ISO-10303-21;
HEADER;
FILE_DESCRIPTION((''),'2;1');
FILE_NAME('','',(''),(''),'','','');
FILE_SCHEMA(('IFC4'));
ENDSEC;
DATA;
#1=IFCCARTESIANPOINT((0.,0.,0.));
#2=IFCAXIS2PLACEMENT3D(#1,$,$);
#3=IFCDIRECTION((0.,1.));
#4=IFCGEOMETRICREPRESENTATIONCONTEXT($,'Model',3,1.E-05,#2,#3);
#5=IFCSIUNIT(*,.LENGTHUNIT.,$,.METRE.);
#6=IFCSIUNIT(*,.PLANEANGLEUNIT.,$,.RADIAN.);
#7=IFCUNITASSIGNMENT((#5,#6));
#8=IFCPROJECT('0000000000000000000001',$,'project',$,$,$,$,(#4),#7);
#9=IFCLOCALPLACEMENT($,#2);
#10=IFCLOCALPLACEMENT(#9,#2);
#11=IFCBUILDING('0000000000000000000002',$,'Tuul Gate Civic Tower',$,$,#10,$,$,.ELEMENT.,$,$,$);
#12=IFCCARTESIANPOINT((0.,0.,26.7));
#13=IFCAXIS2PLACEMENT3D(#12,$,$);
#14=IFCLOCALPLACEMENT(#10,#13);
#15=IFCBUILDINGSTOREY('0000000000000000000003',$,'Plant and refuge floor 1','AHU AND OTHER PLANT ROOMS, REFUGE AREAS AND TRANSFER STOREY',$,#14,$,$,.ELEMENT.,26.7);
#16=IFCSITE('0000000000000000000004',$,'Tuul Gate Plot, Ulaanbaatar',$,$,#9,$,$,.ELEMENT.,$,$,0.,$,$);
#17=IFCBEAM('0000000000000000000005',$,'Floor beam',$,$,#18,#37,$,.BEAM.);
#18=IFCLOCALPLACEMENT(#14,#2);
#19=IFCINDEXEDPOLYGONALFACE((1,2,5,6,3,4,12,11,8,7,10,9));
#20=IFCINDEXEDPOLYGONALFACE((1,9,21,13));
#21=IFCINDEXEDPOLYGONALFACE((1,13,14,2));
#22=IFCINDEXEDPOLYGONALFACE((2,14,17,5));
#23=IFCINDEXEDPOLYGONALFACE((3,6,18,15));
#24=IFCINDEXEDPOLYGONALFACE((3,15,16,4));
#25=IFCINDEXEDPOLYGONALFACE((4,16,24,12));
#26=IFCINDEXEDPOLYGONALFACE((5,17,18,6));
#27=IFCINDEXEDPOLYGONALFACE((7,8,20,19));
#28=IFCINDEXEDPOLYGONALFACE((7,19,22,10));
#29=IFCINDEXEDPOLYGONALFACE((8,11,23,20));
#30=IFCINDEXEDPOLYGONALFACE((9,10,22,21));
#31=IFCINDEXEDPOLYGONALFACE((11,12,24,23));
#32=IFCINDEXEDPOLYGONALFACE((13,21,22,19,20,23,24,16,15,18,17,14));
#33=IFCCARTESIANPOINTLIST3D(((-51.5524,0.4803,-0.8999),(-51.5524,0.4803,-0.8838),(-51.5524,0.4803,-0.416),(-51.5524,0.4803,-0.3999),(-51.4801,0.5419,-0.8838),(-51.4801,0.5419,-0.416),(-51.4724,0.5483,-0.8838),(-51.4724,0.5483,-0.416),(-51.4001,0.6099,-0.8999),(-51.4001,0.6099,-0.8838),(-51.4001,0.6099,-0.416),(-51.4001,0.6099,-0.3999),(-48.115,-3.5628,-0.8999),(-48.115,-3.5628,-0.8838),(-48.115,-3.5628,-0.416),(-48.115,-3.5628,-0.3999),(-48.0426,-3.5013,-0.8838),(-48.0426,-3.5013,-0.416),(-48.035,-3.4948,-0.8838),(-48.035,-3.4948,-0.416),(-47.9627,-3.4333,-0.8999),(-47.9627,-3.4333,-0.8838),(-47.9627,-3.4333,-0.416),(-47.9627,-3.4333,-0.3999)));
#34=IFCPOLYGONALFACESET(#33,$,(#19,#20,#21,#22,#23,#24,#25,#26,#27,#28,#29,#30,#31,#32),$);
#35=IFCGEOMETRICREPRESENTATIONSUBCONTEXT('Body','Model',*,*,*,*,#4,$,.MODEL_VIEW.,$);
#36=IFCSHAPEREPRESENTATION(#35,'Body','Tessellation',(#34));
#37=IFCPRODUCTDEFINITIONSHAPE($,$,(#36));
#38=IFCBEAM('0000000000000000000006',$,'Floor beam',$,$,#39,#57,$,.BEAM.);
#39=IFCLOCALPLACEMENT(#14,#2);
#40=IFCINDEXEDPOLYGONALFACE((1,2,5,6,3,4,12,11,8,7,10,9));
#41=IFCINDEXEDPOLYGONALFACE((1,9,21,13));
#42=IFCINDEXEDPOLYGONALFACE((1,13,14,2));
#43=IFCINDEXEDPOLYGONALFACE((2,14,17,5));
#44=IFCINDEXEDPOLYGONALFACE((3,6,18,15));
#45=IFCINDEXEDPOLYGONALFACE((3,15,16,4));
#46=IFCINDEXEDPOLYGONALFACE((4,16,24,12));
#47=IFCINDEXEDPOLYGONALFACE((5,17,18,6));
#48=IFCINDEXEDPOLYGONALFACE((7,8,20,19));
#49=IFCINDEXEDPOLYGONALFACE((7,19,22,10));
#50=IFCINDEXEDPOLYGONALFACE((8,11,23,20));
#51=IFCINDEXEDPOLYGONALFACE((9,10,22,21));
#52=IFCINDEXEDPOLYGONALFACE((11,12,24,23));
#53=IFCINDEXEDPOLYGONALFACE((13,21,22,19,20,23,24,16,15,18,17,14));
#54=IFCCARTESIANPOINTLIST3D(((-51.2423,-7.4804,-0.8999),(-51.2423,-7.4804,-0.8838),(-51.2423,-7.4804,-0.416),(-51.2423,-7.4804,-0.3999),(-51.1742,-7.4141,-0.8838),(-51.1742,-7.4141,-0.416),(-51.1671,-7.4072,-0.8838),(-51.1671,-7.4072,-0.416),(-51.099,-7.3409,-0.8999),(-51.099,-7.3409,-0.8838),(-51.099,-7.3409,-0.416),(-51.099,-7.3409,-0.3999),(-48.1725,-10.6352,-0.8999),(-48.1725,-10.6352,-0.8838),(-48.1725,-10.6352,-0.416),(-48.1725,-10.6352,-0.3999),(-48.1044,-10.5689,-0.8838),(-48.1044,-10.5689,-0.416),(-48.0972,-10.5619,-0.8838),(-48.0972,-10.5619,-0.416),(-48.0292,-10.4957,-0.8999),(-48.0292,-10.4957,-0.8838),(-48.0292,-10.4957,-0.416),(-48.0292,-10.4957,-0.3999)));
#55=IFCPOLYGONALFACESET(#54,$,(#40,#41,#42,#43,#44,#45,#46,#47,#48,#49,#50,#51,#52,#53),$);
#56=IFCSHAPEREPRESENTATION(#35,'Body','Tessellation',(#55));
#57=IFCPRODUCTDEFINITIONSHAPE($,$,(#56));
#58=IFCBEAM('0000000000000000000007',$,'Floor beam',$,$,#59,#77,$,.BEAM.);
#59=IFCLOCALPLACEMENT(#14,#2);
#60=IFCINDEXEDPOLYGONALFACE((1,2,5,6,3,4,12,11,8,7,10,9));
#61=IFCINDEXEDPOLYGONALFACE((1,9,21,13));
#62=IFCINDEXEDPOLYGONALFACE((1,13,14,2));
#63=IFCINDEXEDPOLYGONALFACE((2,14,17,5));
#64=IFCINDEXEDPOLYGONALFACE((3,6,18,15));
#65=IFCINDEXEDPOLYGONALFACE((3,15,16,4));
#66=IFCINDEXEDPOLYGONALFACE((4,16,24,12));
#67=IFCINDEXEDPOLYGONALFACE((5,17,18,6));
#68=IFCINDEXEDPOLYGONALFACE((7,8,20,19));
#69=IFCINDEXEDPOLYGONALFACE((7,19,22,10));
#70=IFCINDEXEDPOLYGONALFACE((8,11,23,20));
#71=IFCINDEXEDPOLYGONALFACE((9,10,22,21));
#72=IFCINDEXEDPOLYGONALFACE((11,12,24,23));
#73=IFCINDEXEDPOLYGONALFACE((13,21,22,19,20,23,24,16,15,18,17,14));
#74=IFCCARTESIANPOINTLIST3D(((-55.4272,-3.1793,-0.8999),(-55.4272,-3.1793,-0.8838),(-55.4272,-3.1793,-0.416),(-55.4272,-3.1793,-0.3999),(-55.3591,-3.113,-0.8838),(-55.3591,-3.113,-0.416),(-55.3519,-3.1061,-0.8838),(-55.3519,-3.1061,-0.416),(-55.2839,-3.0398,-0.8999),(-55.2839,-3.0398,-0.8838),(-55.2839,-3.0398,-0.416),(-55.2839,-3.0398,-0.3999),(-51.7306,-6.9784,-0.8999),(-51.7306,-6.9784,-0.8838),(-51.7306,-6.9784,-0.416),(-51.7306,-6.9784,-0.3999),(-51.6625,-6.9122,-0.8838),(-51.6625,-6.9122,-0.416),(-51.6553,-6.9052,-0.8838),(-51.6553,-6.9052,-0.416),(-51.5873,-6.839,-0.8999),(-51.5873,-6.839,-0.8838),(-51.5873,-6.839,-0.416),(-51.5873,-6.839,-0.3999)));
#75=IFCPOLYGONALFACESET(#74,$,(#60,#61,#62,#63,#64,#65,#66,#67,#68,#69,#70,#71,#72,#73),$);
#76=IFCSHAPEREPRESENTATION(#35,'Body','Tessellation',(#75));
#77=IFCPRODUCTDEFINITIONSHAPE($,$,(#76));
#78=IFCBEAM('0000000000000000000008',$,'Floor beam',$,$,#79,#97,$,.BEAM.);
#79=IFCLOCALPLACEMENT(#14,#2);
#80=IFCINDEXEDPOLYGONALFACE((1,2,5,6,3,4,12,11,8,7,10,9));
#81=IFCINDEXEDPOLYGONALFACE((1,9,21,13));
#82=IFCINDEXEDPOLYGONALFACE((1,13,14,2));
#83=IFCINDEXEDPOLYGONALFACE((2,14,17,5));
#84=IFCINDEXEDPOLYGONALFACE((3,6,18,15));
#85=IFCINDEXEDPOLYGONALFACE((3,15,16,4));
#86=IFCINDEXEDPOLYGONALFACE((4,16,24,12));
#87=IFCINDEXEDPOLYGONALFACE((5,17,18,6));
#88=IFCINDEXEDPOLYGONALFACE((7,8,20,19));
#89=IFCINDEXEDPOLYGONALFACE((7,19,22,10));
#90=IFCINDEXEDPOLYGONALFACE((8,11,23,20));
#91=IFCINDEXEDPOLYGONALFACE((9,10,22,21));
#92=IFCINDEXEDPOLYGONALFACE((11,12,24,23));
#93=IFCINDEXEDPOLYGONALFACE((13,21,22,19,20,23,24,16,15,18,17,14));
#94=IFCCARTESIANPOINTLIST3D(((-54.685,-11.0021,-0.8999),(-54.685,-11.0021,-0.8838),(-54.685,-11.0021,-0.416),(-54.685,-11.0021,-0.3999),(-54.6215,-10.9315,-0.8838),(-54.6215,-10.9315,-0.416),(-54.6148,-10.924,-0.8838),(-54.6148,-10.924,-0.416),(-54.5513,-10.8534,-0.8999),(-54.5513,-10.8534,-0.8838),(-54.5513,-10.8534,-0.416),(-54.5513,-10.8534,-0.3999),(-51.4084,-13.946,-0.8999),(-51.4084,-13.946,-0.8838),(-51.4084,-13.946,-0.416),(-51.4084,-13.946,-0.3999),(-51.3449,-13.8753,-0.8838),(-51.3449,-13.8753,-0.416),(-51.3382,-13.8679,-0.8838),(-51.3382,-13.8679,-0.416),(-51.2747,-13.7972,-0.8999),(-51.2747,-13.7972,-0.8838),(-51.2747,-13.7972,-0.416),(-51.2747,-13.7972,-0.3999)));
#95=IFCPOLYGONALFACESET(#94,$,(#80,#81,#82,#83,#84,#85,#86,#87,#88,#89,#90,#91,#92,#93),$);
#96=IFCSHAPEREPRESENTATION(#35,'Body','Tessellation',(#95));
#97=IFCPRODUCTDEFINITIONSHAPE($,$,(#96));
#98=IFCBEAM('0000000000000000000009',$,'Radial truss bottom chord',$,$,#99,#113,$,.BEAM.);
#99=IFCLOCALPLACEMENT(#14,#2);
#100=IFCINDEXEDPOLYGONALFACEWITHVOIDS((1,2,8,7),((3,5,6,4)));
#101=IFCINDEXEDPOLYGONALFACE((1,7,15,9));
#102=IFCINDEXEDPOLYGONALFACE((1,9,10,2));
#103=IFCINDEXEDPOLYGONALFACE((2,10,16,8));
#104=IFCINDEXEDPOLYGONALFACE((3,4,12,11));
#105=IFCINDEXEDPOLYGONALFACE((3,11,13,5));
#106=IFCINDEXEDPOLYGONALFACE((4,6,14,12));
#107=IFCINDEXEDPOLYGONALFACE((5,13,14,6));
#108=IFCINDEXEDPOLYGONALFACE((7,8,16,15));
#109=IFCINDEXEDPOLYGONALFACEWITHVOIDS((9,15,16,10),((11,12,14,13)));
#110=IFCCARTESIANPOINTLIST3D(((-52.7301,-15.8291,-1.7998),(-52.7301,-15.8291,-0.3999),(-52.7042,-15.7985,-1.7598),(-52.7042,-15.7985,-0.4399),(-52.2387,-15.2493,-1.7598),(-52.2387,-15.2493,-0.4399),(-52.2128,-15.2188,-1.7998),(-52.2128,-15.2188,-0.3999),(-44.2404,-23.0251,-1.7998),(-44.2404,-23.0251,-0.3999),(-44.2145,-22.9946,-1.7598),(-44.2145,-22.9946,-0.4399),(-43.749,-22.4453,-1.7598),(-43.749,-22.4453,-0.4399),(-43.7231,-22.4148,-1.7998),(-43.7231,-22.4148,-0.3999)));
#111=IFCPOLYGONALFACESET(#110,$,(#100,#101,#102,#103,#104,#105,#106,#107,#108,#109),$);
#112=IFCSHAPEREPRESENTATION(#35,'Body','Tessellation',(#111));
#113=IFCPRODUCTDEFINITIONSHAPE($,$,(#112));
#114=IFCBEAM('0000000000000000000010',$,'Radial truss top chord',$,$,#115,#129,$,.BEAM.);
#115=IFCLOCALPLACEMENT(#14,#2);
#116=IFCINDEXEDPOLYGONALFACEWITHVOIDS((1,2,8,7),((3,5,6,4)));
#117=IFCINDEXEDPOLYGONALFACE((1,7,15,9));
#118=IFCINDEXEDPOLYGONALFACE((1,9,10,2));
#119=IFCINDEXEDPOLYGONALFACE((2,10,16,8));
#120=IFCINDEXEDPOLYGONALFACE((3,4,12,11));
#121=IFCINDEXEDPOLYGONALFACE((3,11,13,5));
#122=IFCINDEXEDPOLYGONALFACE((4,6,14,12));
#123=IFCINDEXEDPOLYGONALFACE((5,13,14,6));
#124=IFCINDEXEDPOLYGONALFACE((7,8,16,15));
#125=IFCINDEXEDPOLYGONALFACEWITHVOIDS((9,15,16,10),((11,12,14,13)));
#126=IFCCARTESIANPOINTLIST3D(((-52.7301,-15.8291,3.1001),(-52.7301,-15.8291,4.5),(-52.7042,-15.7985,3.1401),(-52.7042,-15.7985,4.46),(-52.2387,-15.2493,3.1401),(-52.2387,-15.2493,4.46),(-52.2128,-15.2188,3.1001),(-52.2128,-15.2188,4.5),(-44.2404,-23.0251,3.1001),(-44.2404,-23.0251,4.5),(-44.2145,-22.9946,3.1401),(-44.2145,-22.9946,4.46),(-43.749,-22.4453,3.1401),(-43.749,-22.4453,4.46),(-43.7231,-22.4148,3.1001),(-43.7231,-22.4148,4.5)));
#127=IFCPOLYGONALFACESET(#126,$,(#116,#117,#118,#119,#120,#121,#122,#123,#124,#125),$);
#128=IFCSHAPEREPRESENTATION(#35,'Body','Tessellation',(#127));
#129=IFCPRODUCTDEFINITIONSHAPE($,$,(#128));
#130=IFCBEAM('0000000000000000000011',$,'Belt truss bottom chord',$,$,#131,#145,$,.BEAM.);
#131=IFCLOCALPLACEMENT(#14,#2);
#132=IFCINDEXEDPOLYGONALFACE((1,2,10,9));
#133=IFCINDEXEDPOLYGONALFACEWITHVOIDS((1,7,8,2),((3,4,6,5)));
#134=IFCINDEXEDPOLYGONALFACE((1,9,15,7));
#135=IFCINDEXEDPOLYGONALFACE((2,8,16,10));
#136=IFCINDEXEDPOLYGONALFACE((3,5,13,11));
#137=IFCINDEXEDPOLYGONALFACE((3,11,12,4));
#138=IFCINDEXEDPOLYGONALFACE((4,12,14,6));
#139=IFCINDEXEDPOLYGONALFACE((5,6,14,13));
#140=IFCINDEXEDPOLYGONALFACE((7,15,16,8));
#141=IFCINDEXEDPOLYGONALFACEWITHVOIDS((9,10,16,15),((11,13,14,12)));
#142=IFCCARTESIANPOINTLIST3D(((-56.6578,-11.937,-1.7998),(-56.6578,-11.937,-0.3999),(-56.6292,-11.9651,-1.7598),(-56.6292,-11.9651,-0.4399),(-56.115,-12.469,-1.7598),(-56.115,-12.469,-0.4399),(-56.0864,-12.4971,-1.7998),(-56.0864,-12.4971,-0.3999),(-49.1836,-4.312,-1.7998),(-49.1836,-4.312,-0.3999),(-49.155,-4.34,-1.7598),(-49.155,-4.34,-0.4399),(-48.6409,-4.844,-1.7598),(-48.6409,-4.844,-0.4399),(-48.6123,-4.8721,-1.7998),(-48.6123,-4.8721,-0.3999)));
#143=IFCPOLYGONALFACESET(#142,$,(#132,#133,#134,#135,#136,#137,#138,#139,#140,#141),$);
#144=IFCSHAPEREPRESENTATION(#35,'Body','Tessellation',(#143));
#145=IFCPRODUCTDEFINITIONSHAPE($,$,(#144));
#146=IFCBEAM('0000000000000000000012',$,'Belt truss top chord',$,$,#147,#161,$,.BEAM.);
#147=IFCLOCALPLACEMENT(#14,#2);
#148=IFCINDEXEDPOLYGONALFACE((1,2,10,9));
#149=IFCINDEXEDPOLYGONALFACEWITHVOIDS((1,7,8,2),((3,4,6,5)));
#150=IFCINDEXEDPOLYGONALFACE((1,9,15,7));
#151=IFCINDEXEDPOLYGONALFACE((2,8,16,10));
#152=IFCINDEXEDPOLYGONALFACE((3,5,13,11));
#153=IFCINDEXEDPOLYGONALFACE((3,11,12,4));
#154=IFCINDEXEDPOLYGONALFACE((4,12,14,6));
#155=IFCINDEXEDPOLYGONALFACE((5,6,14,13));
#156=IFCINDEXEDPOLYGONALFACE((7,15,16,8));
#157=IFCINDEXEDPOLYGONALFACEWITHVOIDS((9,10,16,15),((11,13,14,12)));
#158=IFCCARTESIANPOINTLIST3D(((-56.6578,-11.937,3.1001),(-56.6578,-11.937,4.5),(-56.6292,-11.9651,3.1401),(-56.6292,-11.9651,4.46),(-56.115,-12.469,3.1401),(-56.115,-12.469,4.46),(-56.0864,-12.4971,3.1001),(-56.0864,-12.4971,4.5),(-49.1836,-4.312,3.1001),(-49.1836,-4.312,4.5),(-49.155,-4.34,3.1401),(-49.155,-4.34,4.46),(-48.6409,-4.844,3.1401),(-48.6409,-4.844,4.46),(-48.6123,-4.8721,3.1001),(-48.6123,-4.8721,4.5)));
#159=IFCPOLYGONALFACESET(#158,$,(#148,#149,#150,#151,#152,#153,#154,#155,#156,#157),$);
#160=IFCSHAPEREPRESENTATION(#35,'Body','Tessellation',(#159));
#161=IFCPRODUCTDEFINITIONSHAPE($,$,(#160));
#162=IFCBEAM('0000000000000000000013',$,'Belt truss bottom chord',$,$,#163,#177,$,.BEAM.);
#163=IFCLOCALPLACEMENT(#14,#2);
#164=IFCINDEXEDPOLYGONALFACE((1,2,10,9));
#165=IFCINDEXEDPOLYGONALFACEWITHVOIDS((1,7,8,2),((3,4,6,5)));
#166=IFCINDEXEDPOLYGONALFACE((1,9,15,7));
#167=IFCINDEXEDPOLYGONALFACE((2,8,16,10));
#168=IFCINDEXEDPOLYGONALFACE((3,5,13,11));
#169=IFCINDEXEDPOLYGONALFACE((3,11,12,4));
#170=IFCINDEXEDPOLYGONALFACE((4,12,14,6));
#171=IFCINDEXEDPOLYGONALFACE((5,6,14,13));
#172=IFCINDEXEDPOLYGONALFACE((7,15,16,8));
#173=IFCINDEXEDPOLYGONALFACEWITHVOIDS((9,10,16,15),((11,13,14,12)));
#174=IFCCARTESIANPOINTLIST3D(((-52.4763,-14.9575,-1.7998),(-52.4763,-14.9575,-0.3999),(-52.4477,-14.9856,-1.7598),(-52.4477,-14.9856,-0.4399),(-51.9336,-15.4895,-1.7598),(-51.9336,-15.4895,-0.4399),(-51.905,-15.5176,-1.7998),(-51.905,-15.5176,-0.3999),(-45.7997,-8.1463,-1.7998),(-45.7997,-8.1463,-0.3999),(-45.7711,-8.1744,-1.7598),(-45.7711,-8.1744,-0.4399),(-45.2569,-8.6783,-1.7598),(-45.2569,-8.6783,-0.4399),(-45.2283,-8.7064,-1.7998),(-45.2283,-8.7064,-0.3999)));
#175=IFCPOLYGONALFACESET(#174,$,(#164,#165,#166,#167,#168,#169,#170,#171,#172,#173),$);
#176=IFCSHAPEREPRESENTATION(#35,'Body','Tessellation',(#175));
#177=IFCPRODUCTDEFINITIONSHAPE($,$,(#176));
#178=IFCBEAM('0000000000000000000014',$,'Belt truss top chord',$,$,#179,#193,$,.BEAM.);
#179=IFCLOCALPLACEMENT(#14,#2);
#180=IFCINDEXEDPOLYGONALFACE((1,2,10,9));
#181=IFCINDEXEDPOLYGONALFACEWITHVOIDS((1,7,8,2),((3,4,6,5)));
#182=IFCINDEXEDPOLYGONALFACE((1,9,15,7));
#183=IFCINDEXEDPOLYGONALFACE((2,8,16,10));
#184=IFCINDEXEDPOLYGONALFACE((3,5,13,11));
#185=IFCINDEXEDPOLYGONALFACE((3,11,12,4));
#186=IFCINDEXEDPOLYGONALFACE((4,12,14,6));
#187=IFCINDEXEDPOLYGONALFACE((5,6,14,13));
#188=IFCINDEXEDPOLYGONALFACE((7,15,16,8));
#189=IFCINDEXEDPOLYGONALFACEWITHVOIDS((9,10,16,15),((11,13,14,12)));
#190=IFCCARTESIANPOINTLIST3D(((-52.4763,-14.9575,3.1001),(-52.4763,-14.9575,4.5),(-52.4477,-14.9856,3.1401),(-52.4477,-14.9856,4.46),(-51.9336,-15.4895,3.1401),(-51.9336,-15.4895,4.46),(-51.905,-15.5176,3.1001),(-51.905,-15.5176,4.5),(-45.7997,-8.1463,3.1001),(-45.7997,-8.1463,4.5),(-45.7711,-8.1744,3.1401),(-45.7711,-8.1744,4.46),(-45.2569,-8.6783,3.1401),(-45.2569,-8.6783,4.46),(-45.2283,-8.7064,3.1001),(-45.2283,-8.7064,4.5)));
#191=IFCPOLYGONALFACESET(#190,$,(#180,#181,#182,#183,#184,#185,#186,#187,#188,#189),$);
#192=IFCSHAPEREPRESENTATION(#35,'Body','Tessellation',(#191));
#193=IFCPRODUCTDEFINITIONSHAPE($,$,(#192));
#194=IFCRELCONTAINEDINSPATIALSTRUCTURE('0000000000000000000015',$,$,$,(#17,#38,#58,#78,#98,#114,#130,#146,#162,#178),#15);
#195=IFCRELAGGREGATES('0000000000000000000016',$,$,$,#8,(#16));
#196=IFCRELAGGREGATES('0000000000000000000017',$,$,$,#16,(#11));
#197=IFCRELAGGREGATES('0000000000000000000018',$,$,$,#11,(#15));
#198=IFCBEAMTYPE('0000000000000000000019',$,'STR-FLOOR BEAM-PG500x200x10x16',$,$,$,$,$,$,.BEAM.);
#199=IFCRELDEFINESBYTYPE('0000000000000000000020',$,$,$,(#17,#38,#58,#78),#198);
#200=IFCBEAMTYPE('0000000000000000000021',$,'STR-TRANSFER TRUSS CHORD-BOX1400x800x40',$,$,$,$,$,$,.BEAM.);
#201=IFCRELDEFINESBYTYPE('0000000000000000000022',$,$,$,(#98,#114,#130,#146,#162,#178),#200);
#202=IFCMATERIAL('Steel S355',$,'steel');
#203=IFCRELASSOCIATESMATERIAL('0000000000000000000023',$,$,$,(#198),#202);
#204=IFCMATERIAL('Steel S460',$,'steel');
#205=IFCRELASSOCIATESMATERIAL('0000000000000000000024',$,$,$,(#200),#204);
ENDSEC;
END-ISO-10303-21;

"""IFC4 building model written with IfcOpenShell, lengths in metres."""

from ifc_helpers import new_model, si_unit, direction, frame, origin, origin_2d, place, context, subcontext, project, spatial, hollow_rectangle, i_section, extrude, material, material_profile, profile_set, type_object, element, save


model = new_model("IFC4")

# Units and contexts
model_context = context("Model", 3, precision=1e-05, world=origin(), true_north=direction((0.0, 1.0)))
body_context = subcontext(model_context, "Body", "Model", "MODEL_VIEW")
ifc_project = project(units=[si_unit("LENGTHUNIT", "METRE"), si_unit("PLANEANGLEUNIT", "RADIAN")], contexts=[model_context])

# Site, building, storey
site_placement = place(None, origin())
site = spatial("IfcSite", under=ifc_project, at=site_placement, Name="Tuul Gate Plot, Ulaanbaatar", CompositionType="ELEMENT", RefElevation=0.0)
building_placement = place(site_placement, origin())
building = spatial("IfcBuilding", under=site, at=building_placement, Name="Tuul Gate Civic Tower", CompositionType="ELEMENT")
storey_placement = place(building_placement, frame((0.0, 0.0, 26.7)))
storey = spatial("IfcBuildingStorey", under=building, at=storey_placement, Name="Plant and refuge floor 1", Description="AHU AND OTHER PLANT ROOMS, REFUGE AREAS AND TRANSFER STOREY", CompositionType="ELEMENT", Elevation=26.7)

# Beams
ifc_material_1 = material(Name="Steel S355", Category="steel")
ifc_material_profile_1 = material_profile(ifc_material_1, i_section(OverallWidth=0.2, OverallDepth=0.5, WebThickness=0.01, FlangeThickness=0.0161, at=origin_2d()), Name="PG500x200x10x16")
ifc_profile_set_1 = profile_set([ifc_material_profile_1], Name="Steel S355")
beam_type_1 = type_object("IfcBeamType", Name="STR-FLOOR BEAM-PG500x200x10x16", PredefinedType="BEAM", material=ifc_profile_set_1)
beam_1_placement = place(storey_placement, frame((-48.0388, -3.498, -0.6499), z_axis=(-0.647733, 0.761868, 0.0), x_axis=(-0.761868, -0.647733, 0.0)))
element("IfcBeam", 1, at=beam_1_placement, inside=storey, type_object=beam_type_1, Name="Floor beam", PredefinedType="BEAM", context=body_context, shape_type="SweptSolid", body=[
    extrude(i_section(OverallWidth=0.2, OverallDepth=0.5, WebThickness=0.01, FlangeThickness=0.0161, at=origin_2d()), origin(), (0.0, 0.0, 1.0), 5.3069),
])
beam_2_placement = place(storey_placement, frame((-48.1008, -10.5654, -0.6499), z_axis=(-0.69739, 0.716691, 0.0), x_axis=(-0.716691, -0.69739, 0.0)))
element("IfcBeam", 2, at=beam_2_placement, inside=storey, type_object=beam_type_1, Name="Floor beam", PredefinedType="BEAM", context=body_context, shape_type="SweptSolid", body=[
    extrude(i_section(OverallWidth=0.2, OverallDepth=0.5, WebThickness=0.01, FlangeThickness=0.0161, at=origin_2d()), origin(), (0.0, 0.0, 1.0), 4.4019),
])
beam_3_placement = place(storey_placement, frame((-51.6589, -6.9087, -0.6499), z_axis=(-0.697368, 0.716713, 0.0), x_axis=(-0.716713, -0.697368, 0.0)))
element("IfcBeam", 3, at=beam_3_placement, inside=storey, type_object=beam_type_1, Name="Floor beam", PredefinedType="BEAM", context=body_context, shape_type="SweptSolid", body=[
    extrude(i_section(OverallWidth=0.2, OverallDepth=0.5, WebThickness=0.01, FlangeThickness=0.0161, at=origin_2d()), origin(), (0.0, 0.0, 1.0), 5.3008),
])
beam_4_placement = place(storey_placement, frame((-51.3416, -13.8716, -0.6499), z_axis=(-0.74387, 0.668324, 0.0), x_axis=(-0.668324, -0.74387, 0.0)))
element("IfcBeam", 4, at=beam_4_placement, inside=storey, type_object=beam_type_1, Name="Floor beam", PredefinedType="BEAM", context=body_context, shape_type="SweptSolid", body=[
    extrude(i_section(OverallWidth=0.2, OverallDepth=0.5, WebThickness=0.01, FlangeThickness=0.0161, at=origin_2d()), origin(), (0.0, 0.0, 1.0), 4.4048),
])
ifc_material_2 = material(Name="Steel S460", Category="steel")
ifc_material_profile_2 = material_profile(ifc_material_2, hollow_rectangle(XDim=0.8, YDim=1.3999, WallThickness=0.04, at=origin_2d()), Name="BOX1400x800x40")
ifc_profile_set_2 = profile_set([ifc_material_profile_2], Name="Steel S460")
beam_type_2 = type_object("IfcBeamType", Name="STR-TRANSFER TRUSS CHORD-BOX1400x800x40", PredefinedType="BEAM", material=ifc_profile_set_2)
for number, where, z_axis, x_axis, name in (
    (5, (-52.4714, -15.5239, -1.0999), (0.762836, -0.646592, 0.0), (0.646592, 0.762836, 0.0), "Radial truss bottom chord"),
    (6, (-52.4714, -15.5239, 3.8), (0.762836, -0.646592, 0.0), (0.646592, 0.762836, 0.0), "Radial truss top chord"),
):
    element("IfcBeam", number, at=place(storey_placement, frame(where, z_axis=z_axis, x_axis=x_axis)), inside=storey, type_object=beam_type_2, Name=name, PredefinedType="BEAM", context=body_context, shape_type="SweptSolid", body=[
        extrude(hollow_rectangle(XDim=0.8, YDim=1.3999, WallThickness=0.04, at=origin_2d()), origin(), (0.0, 0.0, 1.0), 11.1292),
    ])
for number, where, z_axis, x_axis, name in (
    (7, (-48.8979, -4.592, -1.0999), (-0.700006, -0.714137, 0.0), (0.714137, -0.700006, 0.0), "Belt truss bottom chord"),
    (8, (-48.8979, -4.592, 3.8), (-0.700006, -0.714137, 0.0), (0.714137, -0.700006, 0.0), "Belt truss top chord"),
):
    element("IfcBeam", number, at=place(storey_placement, frame(where, z_axis=z_axis, x_axis=x_axis)), inside=storey, type_object=beam_type_2, Name=name, PredefinedType="BEAM", context=body_context, shape_type="SweptSolid", body=[
        extrude(hollow_rectangle(XDim=0.8, YDim=1.3999, WallThickness=0.04, at=origin_2d()), origin(), (0.0, 0.0, 1.0), 10.6772),
    ])
for number, where, z_axis, x_axis, name in (
    (9, (-52.1907, -15.2375, -1.0999), (0.70002, 0.714124, 0.0), (-0.714124, 0.70002, 0.0), "Belt truss bottom chord"),
    (10, (-52.1907, -15.2375, 3.8), (0.70002, 0.714124, 0.0), (-0.714124, 0.70002, 0.0), "Belt truss top chord"),
):
    element("IfcBeam", number, at=place(storey_placement, frame(where, z_axis=z_axis, x_axis=x_axis)), inside=storey, type_object=beam_type_2, Name=name, PredefinedType="BEAM", context=body_context, shape_type="SweptSolid", body=[
        extrude(hollow_rectangle(XDim=0.8, YDim=1.3999, WallThickness=0.04, at=origin_2d()), origin(), (0.0, 0.0, 1.0), 9.5378),
    ])

save(model, "model.ifc")
